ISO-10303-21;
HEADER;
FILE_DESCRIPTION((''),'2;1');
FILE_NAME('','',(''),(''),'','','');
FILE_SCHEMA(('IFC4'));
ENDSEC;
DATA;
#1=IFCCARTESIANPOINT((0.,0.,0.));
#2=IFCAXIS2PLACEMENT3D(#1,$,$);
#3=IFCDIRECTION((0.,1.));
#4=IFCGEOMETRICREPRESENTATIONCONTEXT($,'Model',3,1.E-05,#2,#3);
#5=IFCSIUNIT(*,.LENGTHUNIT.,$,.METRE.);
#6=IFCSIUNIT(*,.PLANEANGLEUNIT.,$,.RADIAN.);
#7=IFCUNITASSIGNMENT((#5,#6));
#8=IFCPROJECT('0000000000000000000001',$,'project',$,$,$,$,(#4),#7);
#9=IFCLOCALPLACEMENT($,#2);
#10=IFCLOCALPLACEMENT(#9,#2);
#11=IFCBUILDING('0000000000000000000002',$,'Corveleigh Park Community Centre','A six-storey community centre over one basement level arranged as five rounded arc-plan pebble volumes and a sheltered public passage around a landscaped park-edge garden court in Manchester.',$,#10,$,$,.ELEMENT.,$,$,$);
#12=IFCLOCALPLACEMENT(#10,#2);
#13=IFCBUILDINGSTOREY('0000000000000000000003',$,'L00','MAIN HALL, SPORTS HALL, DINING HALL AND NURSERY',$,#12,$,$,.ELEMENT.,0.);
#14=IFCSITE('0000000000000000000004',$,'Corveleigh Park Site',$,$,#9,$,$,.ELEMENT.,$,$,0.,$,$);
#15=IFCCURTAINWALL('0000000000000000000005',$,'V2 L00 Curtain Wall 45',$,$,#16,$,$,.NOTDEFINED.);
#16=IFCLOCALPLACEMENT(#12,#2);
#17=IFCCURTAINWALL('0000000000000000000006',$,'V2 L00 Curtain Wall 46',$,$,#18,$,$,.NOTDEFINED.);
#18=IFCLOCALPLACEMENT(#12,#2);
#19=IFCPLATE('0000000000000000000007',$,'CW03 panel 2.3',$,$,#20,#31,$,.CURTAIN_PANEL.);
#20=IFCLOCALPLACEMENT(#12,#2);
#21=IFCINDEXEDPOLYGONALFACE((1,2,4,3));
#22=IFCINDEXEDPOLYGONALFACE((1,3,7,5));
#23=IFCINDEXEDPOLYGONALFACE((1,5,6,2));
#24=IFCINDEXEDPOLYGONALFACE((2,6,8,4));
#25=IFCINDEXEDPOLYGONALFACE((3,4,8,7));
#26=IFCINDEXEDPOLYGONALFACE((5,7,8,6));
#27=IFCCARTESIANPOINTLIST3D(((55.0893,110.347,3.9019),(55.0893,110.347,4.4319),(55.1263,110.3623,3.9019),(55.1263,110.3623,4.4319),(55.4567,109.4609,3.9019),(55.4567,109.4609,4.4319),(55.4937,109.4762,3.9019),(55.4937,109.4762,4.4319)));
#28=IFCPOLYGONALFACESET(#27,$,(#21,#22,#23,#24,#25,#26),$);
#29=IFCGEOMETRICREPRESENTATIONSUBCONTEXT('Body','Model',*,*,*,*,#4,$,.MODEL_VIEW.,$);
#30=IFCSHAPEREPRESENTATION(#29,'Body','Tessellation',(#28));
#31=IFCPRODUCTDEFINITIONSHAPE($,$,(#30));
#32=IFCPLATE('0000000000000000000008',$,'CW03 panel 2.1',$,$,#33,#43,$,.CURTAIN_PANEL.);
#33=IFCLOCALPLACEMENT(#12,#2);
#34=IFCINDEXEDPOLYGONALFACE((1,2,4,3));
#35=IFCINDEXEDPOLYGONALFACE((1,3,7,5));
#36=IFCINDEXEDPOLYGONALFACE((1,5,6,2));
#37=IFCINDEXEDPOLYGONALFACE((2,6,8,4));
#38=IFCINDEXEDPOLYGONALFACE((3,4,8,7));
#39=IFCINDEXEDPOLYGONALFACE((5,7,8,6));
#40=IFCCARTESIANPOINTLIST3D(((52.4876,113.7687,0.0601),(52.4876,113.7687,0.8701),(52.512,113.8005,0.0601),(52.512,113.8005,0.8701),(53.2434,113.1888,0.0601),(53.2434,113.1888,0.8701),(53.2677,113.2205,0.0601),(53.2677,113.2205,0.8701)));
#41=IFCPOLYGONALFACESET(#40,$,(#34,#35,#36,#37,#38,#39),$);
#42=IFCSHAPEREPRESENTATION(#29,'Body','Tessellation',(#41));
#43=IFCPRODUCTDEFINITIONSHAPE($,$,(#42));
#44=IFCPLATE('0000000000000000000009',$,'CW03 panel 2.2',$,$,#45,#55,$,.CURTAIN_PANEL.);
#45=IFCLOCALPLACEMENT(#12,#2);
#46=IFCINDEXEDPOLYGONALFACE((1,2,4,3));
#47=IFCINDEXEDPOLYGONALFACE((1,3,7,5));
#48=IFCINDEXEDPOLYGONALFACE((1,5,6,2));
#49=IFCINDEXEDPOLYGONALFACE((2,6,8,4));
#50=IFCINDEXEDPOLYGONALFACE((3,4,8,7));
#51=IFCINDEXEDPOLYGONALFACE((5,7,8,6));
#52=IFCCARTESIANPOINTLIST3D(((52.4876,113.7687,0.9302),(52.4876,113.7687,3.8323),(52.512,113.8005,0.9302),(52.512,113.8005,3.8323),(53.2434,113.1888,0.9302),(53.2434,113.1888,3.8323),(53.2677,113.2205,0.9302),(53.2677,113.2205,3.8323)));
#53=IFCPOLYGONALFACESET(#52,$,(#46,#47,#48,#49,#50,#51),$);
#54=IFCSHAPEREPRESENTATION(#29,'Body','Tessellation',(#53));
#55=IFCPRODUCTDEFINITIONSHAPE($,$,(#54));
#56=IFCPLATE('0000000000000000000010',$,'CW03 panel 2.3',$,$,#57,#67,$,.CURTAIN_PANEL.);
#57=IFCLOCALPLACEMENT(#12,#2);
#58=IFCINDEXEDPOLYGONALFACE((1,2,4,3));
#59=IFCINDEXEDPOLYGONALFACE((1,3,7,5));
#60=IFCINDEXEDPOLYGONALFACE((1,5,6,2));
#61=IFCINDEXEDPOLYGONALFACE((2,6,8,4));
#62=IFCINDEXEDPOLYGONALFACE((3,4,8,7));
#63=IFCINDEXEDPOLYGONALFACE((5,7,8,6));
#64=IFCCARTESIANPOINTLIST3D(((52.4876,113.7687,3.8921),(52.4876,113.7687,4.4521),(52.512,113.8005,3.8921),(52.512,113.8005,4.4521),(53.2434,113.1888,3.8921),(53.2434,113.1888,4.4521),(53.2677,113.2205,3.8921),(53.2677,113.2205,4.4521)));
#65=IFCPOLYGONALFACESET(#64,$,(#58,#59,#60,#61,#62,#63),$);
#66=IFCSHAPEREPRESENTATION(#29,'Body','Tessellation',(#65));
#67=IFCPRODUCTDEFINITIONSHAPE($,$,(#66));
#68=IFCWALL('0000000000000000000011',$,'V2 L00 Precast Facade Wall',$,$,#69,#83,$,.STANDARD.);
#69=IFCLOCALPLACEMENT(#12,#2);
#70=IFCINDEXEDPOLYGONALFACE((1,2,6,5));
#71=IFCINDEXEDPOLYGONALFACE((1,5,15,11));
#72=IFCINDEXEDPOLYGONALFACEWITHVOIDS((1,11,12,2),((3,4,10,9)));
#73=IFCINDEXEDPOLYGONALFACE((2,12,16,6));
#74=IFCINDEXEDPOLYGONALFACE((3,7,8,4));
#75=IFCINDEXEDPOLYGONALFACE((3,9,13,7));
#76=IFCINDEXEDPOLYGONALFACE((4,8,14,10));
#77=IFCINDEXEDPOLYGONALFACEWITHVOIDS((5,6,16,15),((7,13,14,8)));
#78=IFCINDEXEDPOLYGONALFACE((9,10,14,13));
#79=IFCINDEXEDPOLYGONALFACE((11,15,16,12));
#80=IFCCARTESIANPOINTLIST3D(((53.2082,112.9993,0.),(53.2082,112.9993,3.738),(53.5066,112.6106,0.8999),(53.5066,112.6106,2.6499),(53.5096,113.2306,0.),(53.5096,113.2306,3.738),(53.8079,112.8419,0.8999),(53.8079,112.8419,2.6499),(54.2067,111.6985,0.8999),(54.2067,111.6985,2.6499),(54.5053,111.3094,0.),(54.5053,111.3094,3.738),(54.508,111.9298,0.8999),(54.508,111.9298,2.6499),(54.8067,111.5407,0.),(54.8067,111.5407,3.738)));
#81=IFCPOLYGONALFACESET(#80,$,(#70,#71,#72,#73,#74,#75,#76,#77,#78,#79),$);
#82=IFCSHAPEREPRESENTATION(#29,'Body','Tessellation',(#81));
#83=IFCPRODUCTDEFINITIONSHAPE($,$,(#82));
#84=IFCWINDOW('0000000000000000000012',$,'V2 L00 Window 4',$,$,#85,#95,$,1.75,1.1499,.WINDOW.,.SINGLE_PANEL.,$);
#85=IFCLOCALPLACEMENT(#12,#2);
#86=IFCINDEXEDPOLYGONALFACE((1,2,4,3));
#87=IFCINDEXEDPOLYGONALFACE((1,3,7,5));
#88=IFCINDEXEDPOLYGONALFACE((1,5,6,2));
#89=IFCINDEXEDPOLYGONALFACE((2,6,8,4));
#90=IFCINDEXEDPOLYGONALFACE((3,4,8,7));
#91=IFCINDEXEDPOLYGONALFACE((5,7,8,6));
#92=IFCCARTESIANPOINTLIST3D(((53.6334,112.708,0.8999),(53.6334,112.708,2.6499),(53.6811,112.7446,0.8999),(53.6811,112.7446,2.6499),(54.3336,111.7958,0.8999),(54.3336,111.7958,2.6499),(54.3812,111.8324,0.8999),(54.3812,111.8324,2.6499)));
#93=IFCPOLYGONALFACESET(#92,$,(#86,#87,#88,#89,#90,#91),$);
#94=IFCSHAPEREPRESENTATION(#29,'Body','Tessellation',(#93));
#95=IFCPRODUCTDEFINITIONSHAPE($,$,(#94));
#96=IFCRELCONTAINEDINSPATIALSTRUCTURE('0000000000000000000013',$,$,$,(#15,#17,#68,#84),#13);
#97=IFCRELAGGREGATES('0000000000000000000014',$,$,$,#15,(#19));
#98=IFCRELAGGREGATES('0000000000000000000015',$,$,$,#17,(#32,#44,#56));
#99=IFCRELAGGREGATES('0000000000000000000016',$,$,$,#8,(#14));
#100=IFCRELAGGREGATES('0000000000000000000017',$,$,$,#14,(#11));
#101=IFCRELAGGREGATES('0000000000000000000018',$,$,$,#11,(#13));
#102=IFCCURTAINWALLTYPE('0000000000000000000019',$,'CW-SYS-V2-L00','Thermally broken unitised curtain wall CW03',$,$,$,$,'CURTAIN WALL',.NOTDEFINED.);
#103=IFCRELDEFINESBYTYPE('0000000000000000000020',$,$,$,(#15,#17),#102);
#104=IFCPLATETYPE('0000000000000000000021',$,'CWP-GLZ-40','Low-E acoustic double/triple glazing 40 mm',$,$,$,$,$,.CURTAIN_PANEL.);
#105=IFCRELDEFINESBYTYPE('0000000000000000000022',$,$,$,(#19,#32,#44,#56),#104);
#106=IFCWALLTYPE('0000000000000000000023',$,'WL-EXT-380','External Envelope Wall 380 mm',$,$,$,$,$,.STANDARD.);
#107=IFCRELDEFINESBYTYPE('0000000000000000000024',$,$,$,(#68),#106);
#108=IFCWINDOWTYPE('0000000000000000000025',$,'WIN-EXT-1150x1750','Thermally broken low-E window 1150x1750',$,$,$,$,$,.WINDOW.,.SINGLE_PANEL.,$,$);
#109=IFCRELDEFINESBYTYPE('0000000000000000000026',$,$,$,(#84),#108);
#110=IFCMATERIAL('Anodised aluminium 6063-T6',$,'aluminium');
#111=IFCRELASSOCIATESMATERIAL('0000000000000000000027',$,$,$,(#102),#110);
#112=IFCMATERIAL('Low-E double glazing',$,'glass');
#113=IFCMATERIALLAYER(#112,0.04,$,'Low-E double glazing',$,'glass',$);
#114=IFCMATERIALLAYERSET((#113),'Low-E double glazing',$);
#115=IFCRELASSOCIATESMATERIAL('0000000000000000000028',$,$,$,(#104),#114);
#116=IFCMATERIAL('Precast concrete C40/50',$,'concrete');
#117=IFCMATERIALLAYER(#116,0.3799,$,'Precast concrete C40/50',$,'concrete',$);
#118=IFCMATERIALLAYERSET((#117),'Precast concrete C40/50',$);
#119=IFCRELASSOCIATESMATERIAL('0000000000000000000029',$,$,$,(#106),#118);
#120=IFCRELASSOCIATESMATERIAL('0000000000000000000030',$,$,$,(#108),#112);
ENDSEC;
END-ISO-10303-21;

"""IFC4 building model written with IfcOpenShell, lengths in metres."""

from ifc_helpers import new_model, si_unit, direction, frame, frame_2d, origin, origin_2d, place, context, subcontext, project, spatial, rectangle, extrude, material, layer, layer_set, type_object, element, fill, aggregate, save


model = new_model("IFC4")

# Units and contexts
model_context = context("Model", 3, precision=1e-05, world=origin(), true_north=direction((0.0, 1.0)))
body_context = subcontext(model_context, "Body", "Model", "MODEL_VIEW")
ifc_project = project(units=[si_unit("LENGTHUNIT", "METRE"), si_unit("PLANEANGLEUNIT", "RADIAN")], contexts=[model_context])

# Site, building, storey
site_placement = place(None, origin())
site = spatial("IfcSite", under=ifc_project, at=site_placement, Name="Corveleigh Park Site", CompositionType="ELEMENT", RefElevation=0.0)
building_placement = place(site_placement, origin())
building = spatial("IfcBuilding", under=site, at=building_placement, Name="Corveleigh Park Community Centre", Description="A six-storey community centre over one basement level arranged as five rounded arc-plan pebble volumes and a sheltered public passage around a landscaped park-edge garden court in Manchester.", CompositionType="ELEMENT")
storey_placement = place(building_placement, origin())
storey = spatial("IfcBuildingStorey", under=building, at=storey_placement, Name="L00", Description="MAIN HALL, SPORTS HALL, DINING HALL AND NURSERY", CompositionType="ELEMENT", Elevation=0.0)

# Shared definitions
ifc_material_1 = material(Name="Anodised aluminium 6063-T6", Category="aluminium")
curtain_wall_type = type_object("IfcCurtainWallType", Name="CW-SYS-V2-L00", Description="Thermally broken unitised curtain wall CW03", ElementType="CURTAIN WALL", PredefinedType="NOTDEFINED", material=ifc_material_1)

# Curtain walls
curtain_wall_1_placement = place(storey_placement, origin())
curtain_wall_1 = element("IfcCurtainWall", 1, at=curtain_wall_1_placement, inside=storey, type_object=curtain_wall_type, Name="V2 L00 Curtain Wall 45", PredefinedType="NOTDEFINED")
curtain_wall_2_placement = place(storey_placement, origin())
curtain_wall_2 = element("IfcCurtainWall", 2, at=curtain_wall_2_placement, inside=storey, type_object=curtain_wall_type, Name="V2 L00 Curtain Wall 46", PredefinedType="NOTDEFINED")

# Plates
ifc_material_2 = material(Name="Low-E double glazing", Category="glass")
ifc_layer_1 = layer(ifc_material_2, 0.04, Name="Low-E double glazing", Category="glass")
ifc_layer_set_1 = layer_set([ifc_layer_1], Name="Low-E double glazing")
plate_type = type_object("IfcPlateType", Name="CWP-GLZ-40", Description="Low-E acoustic double/triple glazing 40 mm", PredefinedType="CURTAIN_PANEL", material=ifc_layer_set_1)
plate_1_placement = place(storey_placement, frame((55.2915, 109.9116, 3.9019), z_axis=(0.0, 0.0, 1.0), x_axis=(0.382947, -0.92377, 0.0)))
plate_1 = element("IfcPlate", 3, at=plate_1_placement, type_object=plate_type, Name="CW03 panel 2.3", PredefinedType="CURTAIN_PANEL", context=body_context, shape_type="SweptSolid", body=[
    extrude(rectangle(XDim=0.9592, YDim=0.04, at=origin_2d()), origin(), (0.0, 0.0, 1.0), 0.53),
])
aggregate(curtain_wall_1, [plate_1])
plate_2_placement = place(storey_placement, frame((52.8777, 113.4946, 0.0601), z_axis=(0.0, 0.0, 1.0), x_axis=(0.793304, -0.608826, 0.0)))
plate_2 = element("IfcPlate", 4, at=plate_2_placement, type_object=plate_type, Name="CW03 panel 2.1", PredefinedType="CURTAIN_PANEL", context=body_context, shape_type="SweptSolid", body=[
    extrude(rectangle(XDim=0.9526, YDim=0.04, at=origin_2d()), origin(), (0.0, 0.0, 1.0), 0.8101),
])
plate_3_placement = place(storey_placement, frame((52.8777, 113.4946, 0.9302), z_axis=(0.0, 0.0, 1.0), x_axis=(0.793304, -0.608826, 0.0)))
plate_3 = element("IfcPlate", 5, at=plate_3_placement, type_object=plate_type, Name="CW03 panel 2.2", PredefinedType="CURTAIN_PANEL", context=body_context, shape_type="SweptSolid", body=[
    extrude(rectangle(XDim=0.9526, YDim=0.04, at=origin_2d()), origin(), (0.0, 0.0, 1.0), 2.9021),
])
plate_4_placement = place(storey_placement, frame((52.8777, 113.4946, 3.8921), z_axis=(0.0, 0.0, 1.0), x_axis=(0.793304, -0.608826, 0.0)))
plate_4 = element("IfcPlate", 6, at=plate_4_placement, type_object=plate_type, Name="CW03 panel 2.3", PredefinedType="CURTAIN_PANEL", context=body_context, shape_type="SweptSolid", body=[
    extrude(rectangle(XDim=0.9526, YDim=0.04, at=origin_2d()), origin(), (0.0, 0.0, 1.0), 0.5601),
])
aggregate(curtain_wall_2, [plate_2, plate_3, plate_4])

# Wall, opening, window
ifc_material_3 = material(Name="Precast concrete C40/50", Category="concrete")
ifc_layer_2 = layer(ifc_material_3, 0.3799, Name="Precast concrete C40/50", Category="concrete")
ifc_layer_set_2 = layer_set([ifc_layer_2], Name="Precast concrete C40/50")
wall_type = type_object("IfcWallType", Name="WL-EXT-380", Description="External Envelope Wall 380 mm", PredefinedType="STANDARD", material=ifc_layer_set_2)
wall_placement = place(storey_placement, frame((53.3589, 113.115, 0.0), z_axis=(0.0, 0.0, 1.0), x_axis=(0.608874, -0.793267, 0.0)))
wall = element("IfcWall", 7, at=wall_placement, inside=storey, type_object=wall_type, Name="V2 L00 Precast Facade Wall", PredefinedType="STANDARD", context=body_context, shape_type="SweptSolid", body=[
    extrude(rectangle(XDim=2.1304, YDim=0.3799, at=frame_2d((1.0652, 0.0))), origin(), (0.0, 0.0, 1.0), 3.738),
])
opening_placement = place(wall_placement, frame((0.49, 0.0, 0.8999)))
opening = element("IfcOpeningElement", 8, at=opening_placement, cuts=wall, PredefinedType="OPENING", context=body_context, shape_type="SweptSolid", body=[
    extrude(rectangle(XDim=1.1499, YDim=1.75, at=frame_2d((0.575, 0.875))), frame((0.0, 0.2, 0.0), z_axis=(0.0, -1.0, 0.0), x_axis=(1.0, 0.0, 0.0)), (0.0, 0.0, 1.0), 0.3999),
])
window_type = type_object("IfcWindowType", Name="WIN-EXT-1150x1750", Description="Thermally broken low-E window 1150x1750", PartitioningType="SINGLE_PANEL", PredefinedType="WINDOW", material=ifc_material_2)
window_placement = place(opening_placement, origin())
window = element("IfcWindow", 9, at=window_placement, inside=storey, type_object=window_type, Name="V2 L00 Window 4", OverallHeight=1.75, OverallWidth=1.1499, PartitioningType="SINGLE_PANEL", PredefinedType="WINDOW", context=body_context, shape_type="SweptSolid", body=[
    extrude(rectangle(XDim=1.1499, YDim=1.75, at=frame_2d((0.575, 0.875))), frame((0.0, 0.03, 0.0), z_axis=(0.0, -1.0, 0.0), x_axis=(1.0, 0.0, 0.0)), (0.0, 0.0, 1.0), 0.0601),
])
fill(opening, window)

save(model, "model.ifc")
